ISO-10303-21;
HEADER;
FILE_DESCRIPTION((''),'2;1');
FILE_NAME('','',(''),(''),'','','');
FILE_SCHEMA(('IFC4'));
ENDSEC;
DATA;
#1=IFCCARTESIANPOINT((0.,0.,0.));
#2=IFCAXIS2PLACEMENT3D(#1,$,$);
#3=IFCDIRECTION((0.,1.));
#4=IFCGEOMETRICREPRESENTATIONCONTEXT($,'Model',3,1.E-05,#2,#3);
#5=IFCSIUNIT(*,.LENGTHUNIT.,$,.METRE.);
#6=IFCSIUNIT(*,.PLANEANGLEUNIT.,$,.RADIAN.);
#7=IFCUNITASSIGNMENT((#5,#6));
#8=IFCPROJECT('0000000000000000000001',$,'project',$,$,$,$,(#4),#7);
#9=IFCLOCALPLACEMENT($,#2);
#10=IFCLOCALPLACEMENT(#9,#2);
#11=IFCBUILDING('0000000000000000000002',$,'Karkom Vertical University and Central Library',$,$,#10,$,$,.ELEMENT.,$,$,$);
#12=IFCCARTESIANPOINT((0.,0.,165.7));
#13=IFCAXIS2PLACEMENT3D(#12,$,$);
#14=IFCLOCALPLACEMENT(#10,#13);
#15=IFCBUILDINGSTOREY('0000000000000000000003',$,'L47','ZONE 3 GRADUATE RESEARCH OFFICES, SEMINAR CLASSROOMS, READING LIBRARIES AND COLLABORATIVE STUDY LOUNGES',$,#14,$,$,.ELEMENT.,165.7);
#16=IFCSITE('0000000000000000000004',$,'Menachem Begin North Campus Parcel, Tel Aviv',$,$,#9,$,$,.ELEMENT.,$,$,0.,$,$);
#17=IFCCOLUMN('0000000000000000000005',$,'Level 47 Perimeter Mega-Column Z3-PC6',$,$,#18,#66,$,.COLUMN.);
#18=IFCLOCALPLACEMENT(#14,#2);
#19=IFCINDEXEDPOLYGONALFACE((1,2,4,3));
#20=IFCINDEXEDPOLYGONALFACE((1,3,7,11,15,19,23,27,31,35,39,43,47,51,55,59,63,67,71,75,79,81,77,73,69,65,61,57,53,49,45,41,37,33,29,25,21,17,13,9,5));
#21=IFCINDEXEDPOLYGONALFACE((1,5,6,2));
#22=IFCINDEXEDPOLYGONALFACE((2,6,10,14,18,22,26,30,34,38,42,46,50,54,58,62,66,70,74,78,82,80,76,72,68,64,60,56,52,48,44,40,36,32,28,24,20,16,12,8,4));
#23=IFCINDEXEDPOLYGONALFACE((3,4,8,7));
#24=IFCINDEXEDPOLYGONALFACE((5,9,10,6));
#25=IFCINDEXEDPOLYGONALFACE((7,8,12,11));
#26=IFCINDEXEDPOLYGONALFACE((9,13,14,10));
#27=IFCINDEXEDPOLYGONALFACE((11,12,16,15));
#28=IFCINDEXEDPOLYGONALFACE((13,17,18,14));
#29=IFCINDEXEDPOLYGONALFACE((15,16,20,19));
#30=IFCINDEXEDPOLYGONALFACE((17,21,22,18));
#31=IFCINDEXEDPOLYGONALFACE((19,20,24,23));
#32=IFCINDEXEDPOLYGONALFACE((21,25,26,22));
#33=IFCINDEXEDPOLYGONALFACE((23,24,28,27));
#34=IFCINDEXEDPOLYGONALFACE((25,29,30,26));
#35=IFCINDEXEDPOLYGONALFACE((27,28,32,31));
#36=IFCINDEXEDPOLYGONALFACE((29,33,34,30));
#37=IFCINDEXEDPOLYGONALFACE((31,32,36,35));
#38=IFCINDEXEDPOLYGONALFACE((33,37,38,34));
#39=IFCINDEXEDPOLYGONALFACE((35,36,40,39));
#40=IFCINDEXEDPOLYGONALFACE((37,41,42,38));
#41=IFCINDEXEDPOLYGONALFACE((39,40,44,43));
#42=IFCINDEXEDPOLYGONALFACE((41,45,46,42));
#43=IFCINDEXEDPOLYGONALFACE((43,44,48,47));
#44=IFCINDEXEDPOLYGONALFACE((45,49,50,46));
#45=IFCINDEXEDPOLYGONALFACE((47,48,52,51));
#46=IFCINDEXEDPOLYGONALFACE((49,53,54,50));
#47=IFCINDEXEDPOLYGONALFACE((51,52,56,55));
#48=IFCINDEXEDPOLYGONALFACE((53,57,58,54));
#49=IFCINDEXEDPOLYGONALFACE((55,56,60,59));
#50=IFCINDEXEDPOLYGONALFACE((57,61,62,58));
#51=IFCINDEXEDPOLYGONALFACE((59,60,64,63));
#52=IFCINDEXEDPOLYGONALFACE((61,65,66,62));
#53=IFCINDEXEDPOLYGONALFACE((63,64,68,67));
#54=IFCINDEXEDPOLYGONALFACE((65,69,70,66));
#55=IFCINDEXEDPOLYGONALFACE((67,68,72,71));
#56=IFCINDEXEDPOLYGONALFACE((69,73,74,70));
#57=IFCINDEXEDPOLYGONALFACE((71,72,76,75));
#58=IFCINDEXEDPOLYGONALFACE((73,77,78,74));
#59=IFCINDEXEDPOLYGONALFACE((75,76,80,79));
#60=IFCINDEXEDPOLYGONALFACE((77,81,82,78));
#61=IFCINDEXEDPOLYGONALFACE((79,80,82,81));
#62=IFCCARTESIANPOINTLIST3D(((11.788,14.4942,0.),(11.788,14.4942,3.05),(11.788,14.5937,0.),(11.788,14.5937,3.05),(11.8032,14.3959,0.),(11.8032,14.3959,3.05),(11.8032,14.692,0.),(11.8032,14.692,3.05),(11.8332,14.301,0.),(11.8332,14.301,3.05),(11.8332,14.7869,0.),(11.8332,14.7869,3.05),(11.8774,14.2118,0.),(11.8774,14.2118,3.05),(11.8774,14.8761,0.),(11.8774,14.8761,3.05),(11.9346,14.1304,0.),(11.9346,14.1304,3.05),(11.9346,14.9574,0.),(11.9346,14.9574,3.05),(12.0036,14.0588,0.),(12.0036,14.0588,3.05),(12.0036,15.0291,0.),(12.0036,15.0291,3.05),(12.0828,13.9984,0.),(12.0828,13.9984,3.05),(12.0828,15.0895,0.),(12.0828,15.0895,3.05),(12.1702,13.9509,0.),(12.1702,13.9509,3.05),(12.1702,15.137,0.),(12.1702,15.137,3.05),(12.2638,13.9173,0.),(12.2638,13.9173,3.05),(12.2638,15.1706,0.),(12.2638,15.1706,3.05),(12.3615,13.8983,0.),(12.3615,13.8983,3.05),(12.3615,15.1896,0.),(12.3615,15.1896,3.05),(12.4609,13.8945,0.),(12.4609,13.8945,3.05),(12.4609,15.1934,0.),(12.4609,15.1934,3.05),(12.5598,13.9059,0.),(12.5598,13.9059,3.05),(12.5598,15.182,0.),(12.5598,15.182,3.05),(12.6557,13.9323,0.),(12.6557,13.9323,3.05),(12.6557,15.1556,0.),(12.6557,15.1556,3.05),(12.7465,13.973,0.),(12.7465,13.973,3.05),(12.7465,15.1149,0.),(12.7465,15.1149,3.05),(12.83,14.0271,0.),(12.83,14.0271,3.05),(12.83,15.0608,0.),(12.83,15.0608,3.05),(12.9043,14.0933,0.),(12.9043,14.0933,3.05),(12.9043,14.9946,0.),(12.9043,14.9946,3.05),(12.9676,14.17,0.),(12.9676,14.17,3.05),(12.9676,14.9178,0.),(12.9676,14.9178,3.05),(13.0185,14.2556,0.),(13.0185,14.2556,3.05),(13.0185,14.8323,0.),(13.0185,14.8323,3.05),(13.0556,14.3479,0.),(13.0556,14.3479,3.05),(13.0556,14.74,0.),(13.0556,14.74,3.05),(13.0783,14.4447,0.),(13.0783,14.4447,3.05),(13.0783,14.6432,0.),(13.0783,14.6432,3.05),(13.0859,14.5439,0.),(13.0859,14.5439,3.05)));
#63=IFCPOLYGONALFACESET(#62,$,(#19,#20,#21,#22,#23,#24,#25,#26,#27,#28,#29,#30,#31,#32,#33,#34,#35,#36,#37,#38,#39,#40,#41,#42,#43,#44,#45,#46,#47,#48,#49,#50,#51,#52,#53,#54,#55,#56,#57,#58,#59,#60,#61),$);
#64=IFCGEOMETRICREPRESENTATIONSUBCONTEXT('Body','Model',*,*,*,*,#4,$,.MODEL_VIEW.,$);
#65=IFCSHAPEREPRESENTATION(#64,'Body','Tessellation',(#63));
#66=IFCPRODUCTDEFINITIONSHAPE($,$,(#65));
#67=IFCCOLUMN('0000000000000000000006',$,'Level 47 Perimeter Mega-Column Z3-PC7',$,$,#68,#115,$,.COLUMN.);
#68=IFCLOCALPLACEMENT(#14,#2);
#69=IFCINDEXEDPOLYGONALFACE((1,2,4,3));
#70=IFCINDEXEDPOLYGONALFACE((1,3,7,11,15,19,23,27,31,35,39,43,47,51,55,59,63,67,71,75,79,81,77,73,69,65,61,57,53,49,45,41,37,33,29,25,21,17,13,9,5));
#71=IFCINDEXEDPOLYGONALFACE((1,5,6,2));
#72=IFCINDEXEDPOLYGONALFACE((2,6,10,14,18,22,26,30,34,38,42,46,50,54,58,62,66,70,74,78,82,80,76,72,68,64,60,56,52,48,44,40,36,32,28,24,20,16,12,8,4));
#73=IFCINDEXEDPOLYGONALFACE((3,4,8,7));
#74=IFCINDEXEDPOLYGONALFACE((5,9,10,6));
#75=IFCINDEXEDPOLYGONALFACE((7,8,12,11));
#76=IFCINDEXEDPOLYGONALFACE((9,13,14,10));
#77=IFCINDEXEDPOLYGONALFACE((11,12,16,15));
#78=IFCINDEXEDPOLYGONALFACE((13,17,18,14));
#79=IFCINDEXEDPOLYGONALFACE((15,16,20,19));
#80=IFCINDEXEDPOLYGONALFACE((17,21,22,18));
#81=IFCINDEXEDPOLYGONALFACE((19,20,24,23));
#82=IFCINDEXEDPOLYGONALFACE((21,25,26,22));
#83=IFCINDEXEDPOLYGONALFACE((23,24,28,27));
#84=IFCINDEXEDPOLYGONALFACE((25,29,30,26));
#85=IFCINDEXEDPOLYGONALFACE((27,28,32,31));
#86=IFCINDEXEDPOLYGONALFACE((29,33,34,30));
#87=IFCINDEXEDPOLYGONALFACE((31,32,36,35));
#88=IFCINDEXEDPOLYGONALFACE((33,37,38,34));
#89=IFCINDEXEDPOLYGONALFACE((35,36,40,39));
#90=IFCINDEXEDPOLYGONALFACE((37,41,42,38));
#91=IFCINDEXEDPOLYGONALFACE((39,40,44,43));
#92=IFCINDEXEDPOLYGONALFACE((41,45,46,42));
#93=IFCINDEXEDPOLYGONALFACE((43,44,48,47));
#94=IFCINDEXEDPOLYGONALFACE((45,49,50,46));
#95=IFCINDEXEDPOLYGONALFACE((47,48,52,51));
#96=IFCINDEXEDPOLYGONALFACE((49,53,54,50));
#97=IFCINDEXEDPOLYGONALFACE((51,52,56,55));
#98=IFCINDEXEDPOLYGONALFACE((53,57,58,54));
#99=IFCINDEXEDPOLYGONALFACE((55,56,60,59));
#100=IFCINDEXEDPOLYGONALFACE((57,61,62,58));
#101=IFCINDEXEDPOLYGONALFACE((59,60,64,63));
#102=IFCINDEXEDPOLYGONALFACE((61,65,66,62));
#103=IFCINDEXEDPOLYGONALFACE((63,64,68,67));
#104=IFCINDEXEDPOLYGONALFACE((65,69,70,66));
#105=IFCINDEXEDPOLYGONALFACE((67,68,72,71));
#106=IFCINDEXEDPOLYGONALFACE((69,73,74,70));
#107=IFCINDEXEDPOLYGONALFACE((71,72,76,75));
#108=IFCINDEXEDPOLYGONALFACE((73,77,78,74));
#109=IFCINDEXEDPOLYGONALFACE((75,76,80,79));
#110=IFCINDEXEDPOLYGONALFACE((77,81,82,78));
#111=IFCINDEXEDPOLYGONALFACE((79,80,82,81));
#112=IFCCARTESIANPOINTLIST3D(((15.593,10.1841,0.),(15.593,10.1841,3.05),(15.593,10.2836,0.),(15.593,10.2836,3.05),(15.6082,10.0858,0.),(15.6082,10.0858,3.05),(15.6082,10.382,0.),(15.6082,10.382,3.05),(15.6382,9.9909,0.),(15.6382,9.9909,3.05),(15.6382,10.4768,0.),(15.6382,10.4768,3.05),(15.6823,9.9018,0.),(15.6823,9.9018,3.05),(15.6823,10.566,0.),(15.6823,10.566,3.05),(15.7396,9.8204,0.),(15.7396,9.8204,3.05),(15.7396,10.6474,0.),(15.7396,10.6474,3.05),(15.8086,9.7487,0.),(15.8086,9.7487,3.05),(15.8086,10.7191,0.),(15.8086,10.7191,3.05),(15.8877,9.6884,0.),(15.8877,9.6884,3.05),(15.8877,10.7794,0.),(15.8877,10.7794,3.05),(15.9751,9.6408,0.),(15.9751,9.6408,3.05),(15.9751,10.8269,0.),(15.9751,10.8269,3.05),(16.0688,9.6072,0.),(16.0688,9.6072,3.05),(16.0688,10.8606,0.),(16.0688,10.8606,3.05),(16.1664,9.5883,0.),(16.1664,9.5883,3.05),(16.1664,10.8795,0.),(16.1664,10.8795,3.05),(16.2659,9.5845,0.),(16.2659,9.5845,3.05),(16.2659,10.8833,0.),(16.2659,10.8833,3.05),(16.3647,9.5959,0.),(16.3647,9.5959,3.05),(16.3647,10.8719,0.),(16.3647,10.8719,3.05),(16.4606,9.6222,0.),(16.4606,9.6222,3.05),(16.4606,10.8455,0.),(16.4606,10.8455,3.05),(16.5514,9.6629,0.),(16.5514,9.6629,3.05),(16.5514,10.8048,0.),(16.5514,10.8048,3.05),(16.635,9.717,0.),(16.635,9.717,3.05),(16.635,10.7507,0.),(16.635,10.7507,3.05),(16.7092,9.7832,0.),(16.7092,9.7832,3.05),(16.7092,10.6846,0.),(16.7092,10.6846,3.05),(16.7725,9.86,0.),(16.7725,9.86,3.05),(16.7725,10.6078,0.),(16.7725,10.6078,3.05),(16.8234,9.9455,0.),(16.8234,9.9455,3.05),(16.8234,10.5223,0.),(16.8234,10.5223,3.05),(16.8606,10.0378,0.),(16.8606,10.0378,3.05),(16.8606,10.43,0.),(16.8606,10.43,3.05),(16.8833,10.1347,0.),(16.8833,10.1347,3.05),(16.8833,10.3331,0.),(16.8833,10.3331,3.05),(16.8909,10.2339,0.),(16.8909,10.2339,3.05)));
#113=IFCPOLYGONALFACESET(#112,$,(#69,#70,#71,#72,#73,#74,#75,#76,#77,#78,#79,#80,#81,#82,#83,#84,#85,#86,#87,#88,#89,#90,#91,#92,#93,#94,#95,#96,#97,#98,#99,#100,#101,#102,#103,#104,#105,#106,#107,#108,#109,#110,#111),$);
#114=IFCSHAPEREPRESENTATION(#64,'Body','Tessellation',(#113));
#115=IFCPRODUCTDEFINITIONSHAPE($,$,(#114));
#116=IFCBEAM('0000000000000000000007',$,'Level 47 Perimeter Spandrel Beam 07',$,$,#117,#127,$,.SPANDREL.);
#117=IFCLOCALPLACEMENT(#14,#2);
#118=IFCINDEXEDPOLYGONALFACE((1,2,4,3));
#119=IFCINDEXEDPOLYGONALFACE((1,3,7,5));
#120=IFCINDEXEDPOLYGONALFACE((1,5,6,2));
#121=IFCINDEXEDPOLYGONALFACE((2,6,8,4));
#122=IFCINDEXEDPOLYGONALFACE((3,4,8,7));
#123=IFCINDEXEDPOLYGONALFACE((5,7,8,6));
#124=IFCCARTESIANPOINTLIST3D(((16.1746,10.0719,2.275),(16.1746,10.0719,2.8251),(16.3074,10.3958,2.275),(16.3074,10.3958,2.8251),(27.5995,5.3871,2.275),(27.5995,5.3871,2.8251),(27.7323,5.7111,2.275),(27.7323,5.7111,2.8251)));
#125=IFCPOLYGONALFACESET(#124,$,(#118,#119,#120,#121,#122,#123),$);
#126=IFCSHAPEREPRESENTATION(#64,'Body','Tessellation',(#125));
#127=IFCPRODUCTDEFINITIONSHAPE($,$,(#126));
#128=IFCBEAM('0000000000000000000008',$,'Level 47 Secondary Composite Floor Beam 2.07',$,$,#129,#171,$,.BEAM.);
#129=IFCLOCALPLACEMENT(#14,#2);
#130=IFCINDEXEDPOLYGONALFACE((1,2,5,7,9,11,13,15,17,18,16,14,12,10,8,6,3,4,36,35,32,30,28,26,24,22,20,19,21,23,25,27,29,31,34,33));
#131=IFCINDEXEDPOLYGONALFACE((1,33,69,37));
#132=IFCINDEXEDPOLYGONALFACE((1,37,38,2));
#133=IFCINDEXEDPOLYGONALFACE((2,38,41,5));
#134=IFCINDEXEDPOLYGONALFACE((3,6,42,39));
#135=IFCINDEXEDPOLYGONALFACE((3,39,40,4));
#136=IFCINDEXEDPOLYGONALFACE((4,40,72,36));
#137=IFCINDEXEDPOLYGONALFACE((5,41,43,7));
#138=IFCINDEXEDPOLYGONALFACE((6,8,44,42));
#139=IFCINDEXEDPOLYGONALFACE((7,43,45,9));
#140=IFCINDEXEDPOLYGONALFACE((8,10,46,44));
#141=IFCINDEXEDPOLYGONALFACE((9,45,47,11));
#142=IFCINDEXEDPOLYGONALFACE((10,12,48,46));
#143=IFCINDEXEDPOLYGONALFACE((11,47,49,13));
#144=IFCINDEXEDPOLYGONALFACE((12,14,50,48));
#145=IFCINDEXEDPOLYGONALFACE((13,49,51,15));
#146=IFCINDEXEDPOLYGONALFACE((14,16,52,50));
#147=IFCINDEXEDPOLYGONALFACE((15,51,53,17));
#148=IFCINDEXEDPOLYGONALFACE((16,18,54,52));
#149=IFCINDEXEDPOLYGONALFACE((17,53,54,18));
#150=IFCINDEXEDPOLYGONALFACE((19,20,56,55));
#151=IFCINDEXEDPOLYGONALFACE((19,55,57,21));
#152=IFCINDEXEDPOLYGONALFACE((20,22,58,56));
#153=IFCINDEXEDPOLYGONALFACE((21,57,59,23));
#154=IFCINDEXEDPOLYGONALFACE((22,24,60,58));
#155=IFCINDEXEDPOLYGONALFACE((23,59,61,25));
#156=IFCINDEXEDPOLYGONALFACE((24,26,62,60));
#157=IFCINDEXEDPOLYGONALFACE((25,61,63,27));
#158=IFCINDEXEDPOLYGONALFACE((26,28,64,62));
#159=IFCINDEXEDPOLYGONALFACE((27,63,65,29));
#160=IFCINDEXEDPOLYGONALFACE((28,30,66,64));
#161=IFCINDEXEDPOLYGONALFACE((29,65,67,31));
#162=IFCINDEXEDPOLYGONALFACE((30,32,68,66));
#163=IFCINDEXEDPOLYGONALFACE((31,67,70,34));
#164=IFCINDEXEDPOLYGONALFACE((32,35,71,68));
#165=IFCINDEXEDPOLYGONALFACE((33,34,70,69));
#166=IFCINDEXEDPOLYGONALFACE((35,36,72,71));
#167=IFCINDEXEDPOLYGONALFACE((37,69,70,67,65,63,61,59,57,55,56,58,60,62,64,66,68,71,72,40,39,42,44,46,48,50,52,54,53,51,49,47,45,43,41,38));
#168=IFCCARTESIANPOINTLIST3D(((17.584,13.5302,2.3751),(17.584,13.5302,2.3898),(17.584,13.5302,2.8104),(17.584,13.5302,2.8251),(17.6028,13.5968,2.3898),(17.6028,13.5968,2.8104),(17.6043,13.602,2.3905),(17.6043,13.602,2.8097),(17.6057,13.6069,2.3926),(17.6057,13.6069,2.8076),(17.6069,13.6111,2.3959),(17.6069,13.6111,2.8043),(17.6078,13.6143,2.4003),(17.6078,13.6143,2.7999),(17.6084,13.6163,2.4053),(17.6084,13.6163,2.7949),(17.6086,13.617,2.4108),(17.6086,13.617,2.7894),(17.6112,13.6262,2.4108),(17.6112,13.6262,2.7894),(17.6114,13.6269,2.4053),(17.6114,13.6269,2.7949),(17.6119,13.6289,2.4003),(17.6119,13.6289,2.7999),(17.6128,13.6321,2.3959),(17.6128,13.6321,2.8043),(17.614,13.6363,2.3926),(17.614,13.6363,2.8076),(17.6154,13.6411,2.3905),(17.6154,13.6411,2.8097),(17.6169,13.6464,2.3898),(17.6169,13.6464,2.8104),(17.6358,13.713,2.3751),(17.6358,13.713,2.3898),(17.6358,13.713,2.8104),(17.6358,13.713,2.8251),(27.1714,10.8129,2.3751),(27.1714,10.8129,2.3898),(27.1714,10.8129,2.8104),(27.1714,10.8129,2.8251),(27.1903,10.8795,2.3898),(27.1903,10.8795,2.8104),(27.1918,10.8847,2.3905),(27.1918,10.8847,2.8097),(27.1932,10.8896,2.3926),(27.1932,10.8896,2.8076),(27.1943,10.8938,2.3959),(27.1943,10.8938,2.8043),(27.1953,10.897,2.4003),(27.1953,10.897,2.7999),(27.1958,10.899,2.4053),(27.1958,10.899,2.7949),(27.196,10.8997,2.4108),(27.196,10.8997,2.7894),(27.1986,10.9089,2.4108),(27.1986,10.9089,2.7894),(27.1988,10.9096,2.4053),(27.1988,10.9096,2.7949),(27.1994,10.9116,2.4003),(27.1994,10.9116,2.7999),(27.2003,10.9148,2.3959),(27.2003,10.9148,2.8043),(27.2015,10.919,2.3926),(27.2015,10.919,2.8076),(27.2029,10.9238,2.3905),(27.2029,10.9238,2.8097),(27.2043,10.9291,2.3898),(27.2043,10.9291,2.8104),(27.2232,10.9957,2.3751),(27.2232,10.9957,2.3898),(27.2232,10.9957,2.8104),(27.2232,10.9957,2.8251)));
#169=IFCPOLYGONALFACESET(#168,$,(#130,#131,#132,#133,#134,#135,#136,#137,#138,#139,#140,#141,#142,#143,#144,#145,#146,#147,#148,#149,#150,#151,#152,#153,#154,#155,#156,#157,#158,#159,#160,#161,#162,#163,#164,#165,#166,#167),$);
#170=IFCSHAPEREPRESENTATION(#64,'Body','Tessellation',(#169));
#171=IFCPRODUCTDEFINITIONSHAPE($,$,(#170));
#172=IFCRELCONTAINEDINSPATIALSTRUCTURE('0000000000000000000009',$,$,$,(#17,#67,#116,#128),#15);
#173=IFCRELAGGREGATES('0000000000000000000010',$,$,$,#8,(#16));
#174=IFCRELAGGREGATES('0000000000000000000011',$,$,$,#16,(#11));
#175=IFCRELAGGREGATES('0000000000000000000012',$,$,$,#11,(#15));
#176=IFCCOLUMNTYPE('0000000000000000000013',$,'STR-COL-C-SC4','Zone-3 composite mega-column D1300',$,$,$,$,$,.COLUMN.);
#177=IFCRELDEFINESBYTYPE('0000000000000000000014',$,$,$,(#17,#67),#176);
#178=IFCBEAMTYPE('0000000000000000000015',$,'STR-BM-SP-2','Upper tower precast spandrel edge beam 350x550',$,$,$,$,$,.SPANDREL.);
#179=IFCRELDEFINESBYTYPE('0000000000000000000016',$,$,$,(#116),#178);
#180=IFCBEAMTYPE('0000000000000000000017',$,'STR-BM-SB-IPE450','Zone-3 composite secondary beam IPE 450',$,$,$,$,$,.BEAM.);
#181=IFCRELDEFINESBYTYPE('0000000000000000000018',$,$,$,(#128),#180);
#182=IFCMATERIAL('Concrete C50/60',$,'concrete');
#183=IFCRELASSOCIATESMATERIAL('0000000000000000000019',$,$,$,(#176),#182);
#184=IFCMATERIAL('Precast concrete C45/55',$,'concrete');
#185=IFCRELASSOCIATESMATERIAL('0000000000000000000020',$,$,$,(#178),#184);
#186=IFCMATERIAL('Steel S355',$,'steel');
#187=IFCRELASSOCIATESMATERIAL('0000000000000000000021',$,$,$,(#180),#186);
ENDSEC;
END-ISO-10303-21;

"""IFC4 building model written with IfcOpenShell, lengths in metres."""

from ifc_helpers import new_model, si_unit, direction, frame, origin, origin_with_axes, origin_2d, place, context, subcontext, project, spatial, rectangle, circle, i_section, extrude, source, transform, mapped, material, material_profile, profile_set, type_object, element, save


model = new_model("IFC4")

# Units and contexts
model_context = context("Model", 3, precision=1e-05, world=origin(), true_north=direction((0.0, 1.0)))
body_context = subcontext(model_context, "Body", "Model", "MODEL_VIEW")
ifc_project = project(units=[si_unit("LENGTHUNIT", "METRE"), si_unit("PLANEANGLEUNIT", "RADIAN")], contexts=[model_context])

# Site, building, storey
site_placement = place(None, origin())
site = spatial("IfcSite", under=ifc_project, at=site_placement, Name="Menachem Begin North Campus Parcel, Tel Aviv", CompositionType="ELEMENT", RefElevation=0.0)
building_placement = place(site_placement, origin())
building = spatial("IfcBuilding", under=site, at=building_placement, Name="Karkom Vertical University and Central Library", CompositionType="ELEMENT")
storey_placement = place(building_placement, frame((0.0, 0.0, 165.7)))
storey = spatial("IfcBuildingStorey", under=building, at=storey_placement, Name="L47", Description="ZONE 3 GRADUATE RESEARCH OFFICES, SEMINAR CLASSROOMS, READING LIBRARIES AND COLLABORATIVE STUDY LOUNGES", CompositionType="ELEMENT", Elevation=165.7)

# Columns
ifc_material_1 = material(Name="Concrete C50/60", Category="concrete")
ifc_material_profile_1 = material_profile(ifc_material_1, circle(Radius=0.6499, at=origin_2d()), Name="CFT-D1300")
ifc_profile_set_1 = profile_set([ifc_material_profile_1], Name="Concrete C50/60")
column_type = type_object("IfcColumnType", Name="STR-COL-C-SC4", Description="Zone-3 composite mega-column D1300", PredefinedType="COLUMN", material=ifc_profile_set_1)
shared_shape_1 = source(origin_with_axes(), body_context, "Body", "SweptSolid", [
    extrude(circle(Radius=0.6499, at=origin_2d()), origin(), (0.0, 0.0, 1.0), 3.05),
])
for number, where, z_axis, x_axis, name in (
    (1, (12.436, 14.5439, 0.0), (0.0, 0.0, 1.0), (1.0, 0.0, 0.0), "Level 47 Perimeter Mega-Column Z3-PC6"),
    (2, (16.241, 10.2339, 0.0), (0.0, 0.0, 1.0), (1.0, 0.0, 0.0), "Level 47 Perimeter Mega-Column Z3-PC7"),
):
    element("IfcColumn", number, at=place(storey_placement, frame(where, z_axis=z_axis, x_axis=x_axis)), inside=storey, type_object=column_type, Name=name, PredefinedType="COLUMN", context=body_context, shape_type="MappedRepresentation", body=[
        mapped(shared_shape_1, transform((0.0, 0.0, 0.0), scale=1.0)),
    ])

# Beams
ifc_material_2 = material(Name="Precast concrete C45/55", Category="concrete")
ifc_material_profile_2 = material_profile(ifc_material_2, rectangle(XDim=0.3501, YDim=0.55, at=origin_2d()), Name="SPB-350x550")
ifc_profile_set_2 = profile_set([ifc_material_profile_2], Name="Precast concrete C45/55")
beam_type_1 = type_object("IfcBeamType", Name="STR-BM-SP-2", Description="Upper tower precast spandrel edge beam 350x550", PredefinedType="SPANDREL", material=ifc_profile_set_2)
shared_shape_2 = source(origin_with_axes(), body_context, "Body", "SweptSolid", [
    extrude(rectangle(XDim=0.3501, YDim=0.55, at=origin_2d()), origin(), (0.0, 0.0, 1.0), 12.3481),
])
beam_1_placement = place(storey_placement, frame((16.241, 10.2339, 2.55), z_axis=(0.925236, -0.379391, 0.0), x_axis=(0.379391, 0.925236, 0.0)))
element("IfcBeam", 3, at=beam_1_placement, inside=storey, type_object=beam_type_1, Name="Level 47 Perimeter Spandrel Beam 07", PredefinedType="SPANDREL", context=body_context, shape_type="MappedRepresentation", body=[
    mapped(shared_shape_2, transform((0.0, 0.0, 0.0), scale=1.0)),
])
ifc_material_3 = material(Name="Steel S355", Category="steel")
ifc_material_profile_3 = material_profile(ifc_material_3, i_section(OverallWidth=0.1899, OverallDepth=0.45, WebThickness=0.0095, FlangeThickness=0.0146, FilletRadius=0.021, at=origin_2d()), Name="IPE 450")
ifc_profile_set_3 = profile_set([ifc_material_profile_3], Name="Steel S355")
beam_type_2 = type_object("IfcBeamType", Name="STR-BM-SB-IPE450", Description="Zone-3 composite secondary beam IPE 450", PredefinedType="BEAM", material=ifc_profile_set_3)
shared_shape_3 = source(origin_with_axes(), body_context, "Body", "SweptSolid", [
    extrude(i_section(OverallWidth=0.1899, OverallDepth=0.45, WebThickness=0.0095, FlangeThickness=0.0146, FilletRadius=0.021, at=origin_2d()), origin(), (0.0, 0.0, 1.0), 9.9651),
])
beam_2_placement = place(storey_placement, frame((17.6099, 13.6216, 2.6001), z_axis=(0.962104, -0.272682, 0.0), x_axis=(0.272682, 0.962104, 0.0)))
element("IfcBeam", 4, at=beam_2_placement, inside=storey, type_object=beam_type_2, Name="Level 47 Secondary Composite Floor Beam 2.07", PredefinedType="BEAM", context=body_context, shape_type="MappedRepresentation", body=[
    mapped(shared_shape_3, transform((0.0, 0.0, 0.0), scale=1.0)),
])

save(model, "model.ifc")
